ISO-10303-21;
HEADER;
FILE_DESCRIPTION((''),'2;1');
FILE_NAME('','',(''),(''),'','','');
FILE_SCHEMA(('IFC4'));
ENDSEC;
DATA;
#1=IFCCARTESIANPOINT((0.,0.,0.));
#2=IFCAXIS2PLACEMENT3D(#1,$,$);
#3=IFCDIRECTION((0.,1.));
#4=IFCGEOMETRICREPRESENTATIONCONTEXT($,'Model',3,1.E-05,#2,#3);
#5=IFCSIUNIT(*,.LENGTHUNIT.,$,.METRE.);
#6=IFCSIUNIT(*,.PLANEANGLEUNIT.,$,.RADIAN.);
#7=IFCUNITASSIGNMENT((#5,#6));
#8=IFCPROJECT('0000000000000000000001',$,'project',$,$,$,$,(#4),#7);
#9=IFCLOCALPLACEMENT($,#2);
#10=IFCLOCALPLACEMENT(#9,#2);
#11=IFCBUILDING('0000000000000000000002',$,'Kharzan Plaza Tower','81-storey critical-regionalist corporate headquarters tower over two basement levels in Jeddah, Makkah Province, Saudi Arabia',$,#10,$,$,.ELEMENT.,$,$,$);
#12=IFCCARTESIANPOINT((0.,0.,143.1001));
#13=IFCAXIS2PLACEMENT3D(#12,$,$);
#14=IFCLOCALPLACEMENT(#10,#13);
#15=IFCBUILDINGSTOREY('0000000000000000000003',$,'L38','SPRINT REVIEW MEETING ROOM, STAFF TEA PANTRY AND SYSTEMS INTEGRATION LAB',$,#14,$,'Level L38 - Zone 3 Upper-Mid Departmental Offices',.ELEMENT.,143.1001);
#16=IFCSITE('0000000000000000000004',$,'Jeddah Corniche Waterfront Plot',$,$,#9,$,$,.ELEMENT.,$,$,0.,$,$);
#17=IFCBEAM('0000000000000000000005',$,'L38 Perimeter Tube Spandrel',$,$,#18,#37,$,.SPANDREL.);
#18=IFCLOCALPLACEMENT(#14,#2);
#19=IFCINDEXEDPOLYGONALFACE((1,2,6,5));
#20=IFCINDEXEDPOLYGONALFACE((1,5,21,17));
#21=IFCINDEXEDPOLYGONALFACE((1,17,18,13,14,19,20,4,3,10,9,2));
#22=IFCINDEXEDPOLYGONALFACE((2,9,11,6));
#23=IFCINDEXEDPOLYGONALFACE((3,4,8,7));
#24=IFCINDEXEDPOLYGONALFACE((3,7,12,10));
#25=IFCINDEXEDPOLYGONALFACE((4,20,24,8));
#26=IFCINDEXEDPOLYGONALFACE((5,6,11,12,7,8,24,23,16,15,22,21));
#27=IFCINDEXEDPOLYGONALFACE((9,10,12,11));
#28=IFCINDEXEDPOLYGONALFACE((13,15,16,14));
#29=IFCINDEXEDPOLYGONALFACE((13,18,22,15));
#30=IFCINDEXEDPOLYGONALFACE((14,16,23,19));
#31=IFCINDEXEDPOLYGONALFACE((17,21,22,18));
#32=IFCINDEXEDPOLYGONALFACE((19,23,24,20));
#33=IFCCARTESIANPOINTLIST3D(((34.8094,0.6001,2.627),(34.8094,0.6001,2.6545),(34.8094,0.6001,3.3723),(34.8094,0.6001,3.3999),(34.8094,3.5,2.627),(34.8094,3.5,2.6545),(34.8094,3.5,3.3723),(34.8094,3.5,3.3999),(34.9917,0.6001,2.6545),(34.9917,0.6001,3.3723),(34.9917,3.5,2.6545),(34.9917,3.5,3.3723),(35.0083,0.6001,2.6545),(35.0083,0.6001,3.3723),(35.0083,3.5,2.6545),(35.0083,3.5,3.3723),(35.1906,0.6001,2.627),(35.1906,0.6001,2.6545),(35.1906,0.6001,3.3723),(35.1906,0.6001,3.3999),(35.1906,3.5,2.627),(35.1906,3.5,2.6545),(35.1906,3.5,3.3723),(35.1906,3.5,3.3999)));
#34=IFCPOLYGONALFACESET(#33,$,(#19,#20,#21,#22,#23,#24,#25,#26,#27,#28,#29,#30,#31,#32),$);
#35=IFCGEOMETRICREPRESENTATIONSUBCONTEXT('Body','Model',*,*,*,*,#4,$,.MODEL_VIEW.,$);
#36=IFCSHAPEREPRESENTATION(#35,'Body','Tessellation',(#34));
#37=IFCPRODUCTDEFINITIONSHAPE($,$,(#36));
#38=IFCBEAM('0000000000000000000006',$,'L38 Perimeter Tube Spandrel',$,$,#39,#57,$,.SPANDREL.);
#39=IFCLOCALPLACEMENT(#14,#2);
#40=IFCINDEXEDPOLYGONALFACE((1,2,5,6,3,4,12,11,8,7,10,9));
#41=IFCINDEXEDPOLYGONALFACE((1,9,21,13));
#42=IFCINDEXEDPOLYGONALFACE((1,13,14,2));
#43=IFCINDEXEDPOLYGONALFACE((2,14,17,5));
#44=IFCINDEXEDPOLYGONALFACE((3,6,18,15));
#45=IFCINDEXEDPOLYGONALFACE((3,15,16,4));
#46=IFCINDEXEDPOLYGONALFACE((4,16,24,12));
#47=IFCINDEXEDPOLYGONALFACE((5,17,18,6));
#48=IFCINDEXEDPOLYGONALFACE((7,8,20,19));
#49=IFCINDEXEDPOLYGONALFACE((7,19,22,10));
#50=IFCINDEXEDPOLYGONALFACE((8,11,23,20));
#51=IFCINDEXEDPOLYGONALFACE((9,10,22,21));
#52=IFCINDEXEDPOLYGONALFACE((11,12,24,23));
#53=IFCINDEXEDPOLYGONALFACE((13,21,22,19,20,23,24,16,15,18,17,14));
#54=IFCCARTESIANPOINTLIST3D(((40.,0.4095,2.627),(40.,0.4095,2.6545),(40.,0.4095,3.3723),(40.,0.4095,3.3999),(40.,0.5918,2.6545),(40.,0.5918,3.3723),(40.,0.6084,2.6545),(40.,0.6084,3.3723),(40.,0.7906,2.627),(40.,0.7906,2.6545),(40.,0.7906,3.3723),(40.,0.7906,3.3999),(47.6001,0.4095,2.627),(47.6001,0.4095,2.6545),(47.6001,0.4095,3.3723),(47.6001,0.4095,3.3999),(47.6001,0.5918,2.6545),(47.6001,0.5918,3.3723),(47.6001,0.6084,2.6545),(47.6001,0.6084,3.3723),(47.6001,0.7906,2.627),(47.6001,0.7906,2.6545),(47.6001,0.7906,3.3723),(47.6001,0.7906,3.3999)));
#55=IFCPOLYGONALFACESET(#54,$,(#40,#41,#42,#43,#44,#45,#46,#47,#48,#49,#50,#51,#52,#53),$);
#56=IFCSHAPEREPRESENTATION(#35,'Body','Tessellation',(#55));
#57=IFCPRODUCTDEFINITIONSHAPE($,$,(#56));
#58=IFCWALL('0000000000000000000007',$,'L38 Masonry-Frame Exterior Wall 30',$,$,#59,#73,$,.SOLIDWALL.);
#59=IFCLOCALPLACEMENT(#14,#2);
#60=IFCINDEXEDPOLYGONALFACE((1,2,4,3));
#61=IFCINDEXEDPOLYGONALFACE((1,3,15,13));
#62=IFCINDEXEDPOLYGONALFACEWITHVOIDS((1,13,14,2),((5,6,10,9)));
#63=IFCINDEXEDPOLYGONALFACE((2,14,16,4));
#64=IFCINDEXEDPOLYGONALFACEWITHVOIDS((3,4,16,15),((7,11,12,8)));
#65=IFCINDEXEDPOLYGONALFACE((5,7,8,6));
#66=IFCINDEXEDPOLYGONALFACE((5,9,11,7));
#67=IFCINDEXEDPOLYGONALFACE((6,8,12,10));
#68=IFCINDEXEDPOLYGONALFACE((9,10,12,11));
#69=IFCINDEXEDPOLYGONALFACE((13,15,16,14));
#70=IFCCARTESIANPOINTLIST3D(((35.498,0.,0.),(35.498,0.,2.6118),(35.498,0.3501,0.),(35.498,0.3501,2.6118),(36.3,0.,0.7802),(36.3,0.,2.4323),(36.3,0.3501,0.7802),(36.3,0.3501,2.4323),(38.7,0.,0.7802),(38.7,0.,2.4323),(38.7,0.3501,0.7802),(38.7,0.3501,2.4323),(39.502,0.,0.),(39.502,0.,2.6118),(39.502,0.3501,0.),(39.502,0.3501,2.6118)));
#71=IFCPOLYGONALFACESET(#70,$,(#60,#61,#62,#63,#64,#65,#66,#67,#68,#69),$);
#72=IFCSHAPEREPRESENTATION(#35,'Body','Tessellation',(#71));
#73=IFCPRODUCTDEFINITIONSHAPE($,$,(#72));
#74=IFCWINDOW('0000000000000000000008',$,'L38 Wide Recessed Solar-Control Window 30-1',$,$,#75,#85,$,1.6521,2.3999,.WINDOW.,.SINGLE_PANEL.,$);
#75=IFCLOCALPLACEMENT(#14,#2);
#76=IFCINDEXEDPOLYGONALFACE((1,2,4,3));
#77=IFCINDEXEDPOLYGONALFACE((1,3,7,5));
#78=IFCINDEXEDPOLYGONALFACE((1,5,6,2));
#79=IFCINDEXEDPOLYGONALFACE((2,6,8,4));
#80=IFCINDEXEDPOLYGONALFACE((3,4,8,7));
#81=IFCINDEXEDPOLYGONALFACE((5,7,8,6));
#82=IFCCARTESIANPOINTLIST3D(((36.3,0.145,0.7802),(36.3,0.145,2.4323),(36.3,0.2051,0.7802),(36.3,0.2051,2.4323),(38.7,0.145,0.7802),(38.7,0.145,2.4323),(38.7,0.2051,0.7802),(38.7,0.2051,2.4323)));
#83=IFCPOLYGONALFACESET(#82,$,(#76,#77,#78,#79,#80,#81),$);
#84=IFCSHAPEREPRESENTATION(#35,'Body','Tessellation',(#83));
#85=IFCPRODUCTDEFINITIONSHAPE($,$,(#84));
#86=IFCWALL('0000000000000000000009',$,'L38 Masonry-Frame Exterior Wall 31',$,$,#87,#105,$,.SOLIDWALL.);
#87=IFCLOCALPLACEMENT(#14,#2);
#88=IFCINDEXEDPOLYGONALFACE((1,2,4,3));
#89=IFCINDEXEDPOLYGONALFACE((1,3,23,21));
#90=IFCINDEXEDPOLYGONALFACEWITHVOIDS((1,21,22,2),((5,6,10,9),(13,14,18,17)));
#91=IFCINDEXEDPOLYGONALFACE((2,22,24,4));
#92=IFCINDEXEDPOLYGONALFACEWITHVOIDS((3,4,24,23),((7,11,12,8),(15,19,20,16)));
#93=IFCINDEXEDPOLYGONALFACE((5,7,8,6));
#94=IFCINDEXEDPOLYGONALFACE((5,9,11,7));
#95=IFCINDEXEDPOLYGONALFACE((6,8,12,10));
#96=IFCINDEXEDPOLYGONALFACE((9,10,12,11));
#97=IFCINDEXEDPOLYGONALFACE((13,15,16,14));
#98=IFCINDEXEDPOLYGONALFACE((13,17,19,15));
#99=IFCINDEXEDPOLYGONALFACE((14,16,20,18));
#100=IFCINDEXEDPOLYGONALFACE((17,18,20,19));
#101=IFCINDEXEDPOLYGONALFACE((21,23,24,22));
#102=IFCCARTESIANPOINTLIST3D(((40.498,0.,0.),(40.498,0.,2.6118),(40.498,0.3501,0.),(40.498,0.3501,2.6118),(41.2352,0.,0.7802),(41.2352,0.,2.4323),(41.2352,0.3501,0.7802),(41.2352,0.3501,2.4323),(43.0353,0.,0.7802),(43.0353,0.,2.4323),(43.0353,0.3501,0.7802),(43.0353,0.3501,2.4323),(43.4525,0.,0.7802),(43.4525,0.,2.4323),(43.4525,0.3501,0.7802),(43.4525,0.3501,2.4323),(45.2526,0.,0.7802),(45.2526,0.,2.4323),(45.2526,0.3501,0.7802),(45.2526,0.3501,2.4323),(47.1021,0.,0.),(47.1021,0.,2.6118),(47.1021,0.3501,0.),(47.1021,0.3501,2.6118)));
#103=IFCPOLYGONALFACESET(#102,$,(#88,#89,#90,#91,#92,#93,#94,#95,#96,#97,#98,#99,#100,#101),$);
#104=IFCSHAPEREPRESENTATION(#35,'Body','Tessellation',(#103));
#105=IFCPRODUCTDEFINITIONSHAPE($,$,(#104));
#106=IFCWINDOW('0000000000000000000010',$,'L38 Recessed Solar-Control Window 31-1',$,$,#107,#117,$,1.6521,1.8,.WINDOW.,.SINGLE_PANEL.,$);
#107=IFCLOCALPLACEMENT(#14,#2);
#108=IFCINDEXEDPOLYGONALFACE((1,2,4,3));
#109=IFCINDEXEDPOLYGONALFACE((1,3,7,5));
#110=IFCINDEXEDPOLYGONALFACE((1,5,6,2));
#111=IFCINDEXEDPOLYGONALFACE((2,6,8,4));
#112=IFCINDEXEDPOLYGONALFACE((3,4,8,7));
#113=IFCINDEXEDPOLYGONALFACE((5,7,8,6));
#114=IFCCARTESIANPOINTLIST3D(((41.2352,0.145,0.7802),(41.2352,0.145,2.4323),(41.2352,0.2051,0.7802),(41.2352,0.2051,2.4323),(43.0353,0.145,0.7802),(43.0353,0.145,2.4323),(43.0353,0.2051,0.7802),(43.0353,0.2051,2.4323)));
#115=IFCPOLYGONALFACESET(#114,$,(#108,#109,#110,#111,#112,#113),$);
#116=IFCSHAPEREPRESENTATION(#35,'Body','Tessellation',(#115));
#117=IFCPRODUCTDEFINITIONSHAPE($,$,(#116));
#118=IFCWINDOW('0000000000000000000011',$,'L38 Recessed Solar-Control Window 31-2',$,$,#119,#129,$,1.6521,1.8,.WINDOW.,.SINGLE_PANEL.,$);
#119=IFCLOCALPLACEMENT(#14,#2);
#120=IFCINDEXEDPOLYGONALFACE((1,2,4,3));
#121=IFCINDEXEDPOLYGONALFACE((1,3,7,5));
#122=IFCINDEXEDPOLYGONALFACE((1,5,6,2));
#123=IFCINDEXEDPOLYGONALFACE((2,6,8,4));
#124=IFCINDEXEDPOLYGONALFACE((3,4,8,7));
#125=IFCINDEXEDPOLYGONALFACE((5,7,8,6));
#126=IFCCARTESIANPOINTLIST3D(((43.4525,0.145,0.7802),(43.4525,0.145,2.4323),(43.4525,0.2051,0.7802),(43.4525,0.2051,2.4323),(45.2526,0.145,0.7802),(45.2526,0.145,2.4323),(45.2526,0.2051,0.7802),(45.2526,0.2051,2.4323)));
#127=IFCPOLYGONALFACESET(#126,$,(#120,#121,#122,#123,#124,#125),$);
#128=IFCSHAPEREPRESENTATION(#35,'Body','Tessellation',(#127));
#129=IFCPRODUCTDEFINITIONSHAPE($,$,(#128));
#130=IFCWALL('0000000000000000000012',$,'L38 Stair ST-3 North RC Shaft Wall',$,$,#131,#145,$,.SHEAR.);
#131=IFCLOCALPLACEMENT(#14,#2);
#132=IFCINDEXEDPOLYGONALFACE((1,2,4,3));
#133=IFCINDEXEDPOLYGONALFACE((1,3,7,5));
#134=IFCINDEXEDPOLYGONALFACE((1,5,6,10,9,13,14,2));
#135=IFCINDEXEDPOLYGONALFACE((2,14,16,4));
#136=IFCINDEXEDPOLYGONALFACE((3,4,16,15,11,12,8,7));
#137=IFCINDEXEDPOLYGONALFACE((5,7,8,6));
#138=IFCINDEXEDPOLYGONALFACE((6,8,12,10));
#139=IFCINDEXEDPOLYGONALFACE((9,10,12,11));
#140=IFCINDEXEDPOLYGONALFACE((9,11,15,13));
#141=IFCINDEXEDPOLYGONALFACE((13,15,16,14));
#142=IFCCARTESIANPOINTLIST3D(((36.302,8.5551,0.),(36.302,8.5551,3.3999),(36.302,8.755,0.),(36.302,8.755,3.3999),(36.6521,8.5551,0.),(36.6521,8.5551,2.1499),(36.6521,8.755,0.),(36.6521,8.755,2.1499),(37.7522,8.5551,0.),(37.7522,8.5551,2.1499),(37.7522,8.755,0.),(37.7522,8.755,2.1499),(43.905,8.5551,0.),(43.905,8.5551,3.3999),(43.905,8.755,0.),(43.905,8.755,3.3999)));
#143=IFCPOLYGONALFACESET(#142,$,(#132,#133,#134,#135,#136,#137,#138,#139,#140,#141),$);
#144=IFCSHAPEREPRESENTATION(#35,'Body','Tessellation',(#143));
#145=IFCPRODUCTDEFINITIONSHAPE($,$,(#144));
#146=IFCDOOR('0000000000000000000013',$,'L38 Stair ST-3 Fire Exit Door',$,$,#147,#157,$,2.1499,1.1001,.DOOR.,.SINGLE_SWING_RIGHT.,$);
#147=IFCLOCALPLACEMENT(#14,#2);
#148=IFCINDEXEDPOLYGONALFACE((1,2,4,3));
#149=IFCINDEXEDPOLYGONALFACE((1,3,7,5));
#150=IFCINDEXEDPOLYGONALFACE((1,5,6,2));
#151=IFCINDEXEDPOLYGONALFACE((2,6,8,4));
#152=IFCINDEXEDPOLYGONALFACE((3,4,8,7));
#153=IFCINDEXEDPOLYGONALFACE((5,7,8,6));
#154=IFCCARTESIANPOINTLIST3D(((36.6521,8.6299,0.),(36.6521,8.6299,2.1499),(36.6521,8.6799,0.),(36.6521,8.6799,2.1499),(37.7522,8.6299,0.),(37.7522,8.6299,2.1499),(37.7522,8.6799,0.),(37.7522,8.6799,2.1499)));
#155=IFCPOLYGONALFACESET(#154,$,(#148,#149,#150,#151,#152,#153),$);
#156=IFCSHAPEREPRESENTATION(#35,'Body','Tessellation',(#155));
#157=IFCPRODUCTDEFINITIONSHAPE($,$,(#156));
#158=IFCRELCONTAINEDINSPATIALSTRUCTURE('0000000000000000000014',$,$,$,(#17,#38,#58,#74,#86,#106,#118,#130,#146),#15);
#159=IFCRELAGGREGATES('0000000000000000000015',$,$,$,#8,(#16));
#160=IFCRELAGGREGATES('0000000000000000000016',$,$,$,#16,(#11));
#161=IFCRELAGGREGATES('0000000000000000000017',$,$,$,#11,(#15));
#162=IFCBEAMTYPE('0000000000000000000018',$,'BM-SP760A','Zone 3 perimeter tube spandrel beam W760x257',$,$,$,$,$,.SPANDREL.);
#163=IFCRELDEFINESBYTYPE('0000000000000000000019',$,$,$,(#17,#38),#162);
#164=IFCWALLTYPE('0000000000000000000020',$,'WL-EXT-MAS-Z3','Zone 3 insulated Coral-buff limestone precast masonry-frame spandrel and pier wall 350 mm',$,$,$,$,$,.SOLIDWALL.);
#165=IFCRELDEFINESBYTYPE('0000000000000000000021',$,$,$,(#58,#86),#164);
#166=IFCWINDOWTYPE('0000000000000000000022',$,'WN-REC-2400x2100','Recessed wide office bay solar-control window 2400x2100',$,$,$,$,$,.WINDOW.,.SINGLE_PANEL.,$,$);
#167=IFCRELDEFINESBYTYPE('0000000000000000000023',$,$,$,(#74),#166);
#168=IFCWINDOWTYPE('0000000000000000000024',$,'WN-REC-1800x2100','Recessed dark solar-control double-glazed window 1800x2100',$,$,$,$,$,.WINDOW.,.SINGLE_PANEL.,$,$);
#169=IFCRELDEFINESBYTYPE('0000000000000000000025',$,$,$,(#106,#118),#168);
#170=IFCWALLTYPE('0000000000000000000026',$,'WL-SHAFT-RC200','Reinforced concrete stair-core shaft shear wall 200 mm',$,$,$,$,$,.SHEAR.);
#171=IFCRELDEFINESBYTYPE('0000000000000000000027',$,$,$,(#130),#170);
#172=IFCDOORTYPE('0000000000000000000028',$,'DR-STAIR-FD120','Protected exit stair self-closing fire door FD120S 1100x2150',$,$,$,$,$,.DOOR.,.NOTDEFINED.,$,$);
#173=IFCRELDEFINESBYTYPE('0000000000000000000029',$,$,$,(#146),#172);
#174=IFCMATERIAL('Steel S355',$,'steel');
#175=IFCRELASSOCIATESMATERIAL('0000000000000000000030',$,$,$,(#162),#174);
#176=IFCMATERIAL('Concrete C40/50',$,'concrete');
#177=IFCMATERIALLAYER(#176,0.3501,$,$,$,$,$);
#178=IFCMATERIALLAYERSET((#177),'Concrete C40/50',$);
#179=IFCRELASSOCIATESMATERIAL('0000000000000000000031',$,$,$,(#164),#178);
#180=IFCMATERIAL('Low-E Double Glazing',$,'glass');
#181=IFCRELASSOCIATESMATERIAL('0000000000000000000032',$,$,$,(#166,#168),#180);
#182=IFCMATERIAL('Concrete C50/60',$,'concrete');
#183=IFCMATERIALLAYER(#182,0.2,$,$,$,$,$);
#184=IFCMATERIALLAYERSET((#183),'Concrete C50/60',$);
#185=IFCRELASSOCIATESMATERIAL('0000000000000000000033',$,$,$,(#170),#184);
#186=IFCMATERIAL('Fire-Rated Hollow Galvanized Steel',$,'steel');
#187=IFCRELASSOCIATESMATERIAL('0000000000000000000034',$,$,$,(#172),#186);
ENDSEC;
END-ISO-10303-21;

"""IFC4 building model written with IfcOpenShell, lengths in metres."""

from ifc_helpers import new_model, si_unit, direction, frame, frame_2d, origin, origin_2d, place, context, subcontext, project, spatial, rectangle, i_section, extrude, source, transform, mapped, material, layer, layer_set, material_profile, profile_set, type_object, element, fill, save


model = new_model("IFC4")

# Units and contexts
model_context = context("Model", 3, precision=1e-05, world=origin(), true_north=direction((0.0, 1.0)))
body_context = subcontext(model_context, "Body", "Model", "MODEL_VIEW")
ifc_project = project(units=[si_unit("LENGTHUNIT", "METRE"), si_unit("PLANEANGLEUNIT", "RADIAN")], contexts=[model_context])

# Site, building, storey
site_placement = place(None, origin())
site = spatial("IfcSite", under=ifc_project, at=site_placement, Name="Jeddah Corniche Waterfront Plot", CompositionType="ELEMENT", RefElevation=0.0)
building_placement = place(site_placement, origin())
building = spatial("IfcBuilding", under=site, at=building_placement, Name="Kharzan Plaza Tower", Description="81-storey critical-regionalist corporate headquarters tower over two basement levels in Jeddah, Makkah Province, Saudi Arabia", CompositionType="ELEMENT")
storey_placement = place(building_placement, frame((0.0, 0.0, 143.1001)))
storey = spatial("IfcBuildingStorey", under=building, at=storey_placement, Name="L38", Description="SPRINT REVIEW MEETING ROOM, STAFF TEA PANTRY AND SYSTEMS INTEGRATION LAB", LongName="Level L38 - Zone 3 Upper-Mid Departmental Offices", CompositionType="ELEMENT", Elevation=143.1001)

# Shared definitions
ifc_material_1 = material(Name="Concrete C50/60", Category="concrete")

# Beams
ifc_material_2 = material(Name="Steel S355", Category="steel")
ifc_material_profile_1 = material_profile(ifc_material_2, i_section(OverallWidth=0.3811, OverallDepth=0.7729, WebThickness=0.0166, FlangeThickness=0.0276, at=origin_2d()), Name="W760x257")
ifc_profile_set_1 = profile_set([ifc_material_profile_1], Name="Steel S355")
beam_type_1 = type_object("IfcBeamType", Name="BM-SP760A", Description="Zone 3 perimeter tube spandrel beam W760x257", PredefinedType="SPANDREL", material=ifc_profile_set_1)
shared_shape_1 = source(origin(), body_context, "Body", "SweptSolid", [
    extrude(i_section(OverallWidth=0.3811, OverallDepth=0.7729, WebThickness=0.0166, FlangeThickness=0.0276, at=origin_2d()), origin(), (0.0, 0.0, 1.0), 2.8999),
])
beam_1_placement = place(storey_placement, frame((35.0, 0.6001, 3.0134), z_axis=(0.0, 1.0, 0.0), x_axis=(-1.0, 0.0, 0.0)))
element("IfcBeam", 1, at=beam_1_placement, inside=storey, type_object=beam_type_1, Name="L38 Perimeter Tube Spandrel", PredefinedType="SPANDREL", context=body_context, shape_type="MappedRepresentation", body=[
    mapped(shared_shape_1, transform((0.0, 0.0, 0.0), x_axis=(1.0, 0.0, 0.0), y_axis=(0.0, 1.0, 0.0), z_axis=(0.0, 0.0, 1.0))),
])
shared_shape_2 = source(origin(), body_context, "Body", "SweptSolid", [
    extrude(i_section(OverallWidth=0.3811, OverallDepth=0.7729, WebThickness=0.0166, FlangeThickness=0.0276, at=origin_2d()), origin(), (0.0, 0.0, 1.0), 7.6001),
])
beam_2_placement = place(storey_placement, frame((40.0, 0.6001, 3.0134), z_axis=(1.0, 0.0, 0.0), x_axis=(0.0, 1.0, 0.0)))
element("IfcBeam", 2, at=beam_2_placement, inside=storey, type_object=beam_type_1, Name="L38 Perimeter Tube Spandrel", PredefinedType="SPANDREL", context=body_context, shape_type="MappedRepresentation", body=[
    mapped(shared_shape_2, transform((0.0, 0.0, 0.0), x_axis=(1.0, 0.0, 0.0), y_axis=(0.0, 1.0, 0.0), z_axis=(0.0, 0.0, 1.0))),
])

# Wall, opening, window
ifc_material_3 = material(Name="Concrete C40/50", Category="concrete")
ifc_layer_1 = layer(ifc_material_3, 0.3501)
ifc_layer_set_1 = layer_set([ifc_layer_1], Name="Concrete C40/50")
wall_type_1 = type_object("IfcWallType", Name="WL-EXT-MAS-Z3", Description="Zone 3 insulated Coral-buff limestone precast masonry-frame spandrel and pier wall 350 mm", PredefinedType="SOLIDWALL", material=ifc_layer_set_1)
wall_1_placement = place(storey_placement, frame((35.498, 0.175, 0.0), z_axis=(0.0, 0.0, 1.0), x_axis=(1.0, 0.0, 0.0)))
wall_1 = element("IfcWall", 3, at=wall_1_placement, inside=storey, type_object=wall_type_1, Name="L38 Masonry-Frame Exterior Wall 30", PredefinedType="SOLIDWALL", context=body_context, shape_type="SweptSolid", body=[
    extrude(rectangle(XDim=4.0039, YDim=0.3501, at=frame_2d((2.002, 0.0))), origin(), (0.0, 0.0, 1.0), 2.6118),
])
opening_1_placement = place(wall_1_placement, frame((0.802, 0.0, 0.78)))
opening_1 = element("IfcOpeningElement", 4, at=opening_1_placement, cuts=wall_1, PredefinedType="OPENING", context=body_context, shape_type="SweptSolid", body=[
    extrude(rectangle(XDim=2.3999, YDim=1.6521, at=frame_2d((1.2, 0.8262))), frame((0.0, 0.1851, 0.0), z_axis=(0.0, -1.0, 0.0), x_axis=(1.0, 0.0, 0.0)), (0.0, 0.0, 1.0), 0.3701),
])
ifc_material_4 = material(Name="Low-E Double Glazing", Category="glass")
window_type_1 = type_object("IfcWindowType", Name="WN-REC-2400x2100", Description="Recessed wide office bay solar-control window 2400x2100", PartitioningType="SINGLE_PANEL", PredefinedType="WINDOW", material=ifc_material_4)
shared_shape_3 = source(origin(), body_context, "Body", "SweptSolid", [
    extrude(rectangle(XDim=2.3999, YDim=1.6521, at=frame_2d((1.2, 0.8262))), frame((0.0, 0.03, 0.0), z_axis=(0.0, -1.0, 0.0), x_axis=(1.0, 0.0, 0.0)), (0.0, 0.0, 1.0), 0.0601),
])
window_1_placement = place(opening_1_placement, origin())
window_1 = element("IfcWindow", 5, at=window_1_placement, inside=storey, type_object=window_type_1, Name="L38 Wide Recessed Solar-Control Window 30-1", OverallHeight=1.6521, OverallWidth=2.3999, PartitioningType="SINGLE_PANEL", PredefinedType="WINDOW", context=body_context, shape_type="MappedRepresentation", body=[
    mapped(shared_shape_3, transform((0.0, 0.0, 0.0), x_axis=(1.0, 0.0, 0.0), y_axis=(0.0, 1.0, 0.0), z_axis=(0.0, 0.0, 1.0))),
])
fill(opening_1, window_1)

# Wall, openings, windows
wall_2_placement = place(storey_placement, frame((40.498, 0.175, 0.0), z_axis=(0.0, 0.0, 1.0), x_axis=(1.0, 0.0, 0.0)))
wall_2 = element("IfcWall", 6, at=wall_2_placement, inside=storey, type_object=wall_type_1, Name="L38 Masonry-Frame Exterior Wall 31", PredefinedType="SOLIDWALL", context=body_context, shape_type="SweptSolid", body=[
    extrude(rectangle(XDim=6.604, YDim=0.3501, at=frame_2d((3.302, 0.0))), origin(), (0.0, 0.0, 1.0), 2.6118),
])
opening_2_placement = place(wall_2_placement, frame((0.7373, 0.0, 0.78)))
opening_2 = element("IfcOpeningElement", 7, at=opening_2_placement, cuts=wall_2, PredefinedType="OPENING", context=body_context, shape_type="SweptSolid", body=[
    extrude(rectangle(XDim=1.8, YDim=1.6521, at=frame_2d((0.8999, 0.8262))), frame((0.0, 0.1851, 0.0), z_axis=(0.0, -1.0, 0.0), x_axis=(1.0, 0.0, 0.0)), (0.0, 0.0, 1.0), 0.3701),
])
opening_3_placement = place(wall_2_placement, frame((2.9546, 0.0, 0.78)))
opening_3 = element("IfcOpeningElement", 8, at=opening_3_placement, cuts=wall_2, PredefinedType="OPENING", context=body_context, shape_type="SweptSolid", body=[
    extrude(rectangle(XDim=1.8, YDim=1.6521, at=frame_2d((0.8999, 0.8262))), frame((0.0, 0.1851, 0.0), z_axis=(0.0, -1.0, 0.0), x_axis=(1.0, 0.0, 0.0)), (0.0, 0.0, 1.0), 0.3701),
])
window_type_2 = type_object("IfcWindowType", Name="WN-REC-1800x2100", Description="Recessed dark solar-control double-glazed window 1800x2100", PartitioningType="SINGLE_PANEL", PredefinedType="WINDOW", material=ifc_material_4)
shared_shape_4 = source(origin(), body_context, "Body", "SweptSolid", [
    extrude(rectangle(XDim=1.8, YDim=1.6521, at=frame_2d((0.8999, 0.8262))), frame((0.0, 0.03, 0.0), z_axis=(0.0, -1.0, 0.0), x_axis=(1.0, 0.0, 0.0)), (0.0, 0.0, 1.0), 0.0601),
])
window_2_placement = place(opening_2_placement, origin())
window_2 = element("IfcWindow", 9, at=window_2_placement, inside=storey, type_object=window_type_2, Name="L38 Recessed Solar-Control Window 31-1", OverallHeight=1.6521, OverallWidth=1.8, PartitioningType="SINGLE_PANEL", PredefinedType="WINDOW", context=body_context, shape_type="MappedRepresentation", body=[
    mapped(shared_shape_4, transform((0.0, 0.0, 0.0), x_axis=(1.0, 0.0, 0.0), y_axis=(0.0, 1.0, 0.0), z_axis=(0.0, 0.0, 1.0))),
])
fill(opening_2, window_2)
window_3_placement = place(opening_3_placement, origin())
window_3 = element("IfcWindow", 10, at=window_3_placement, inside=storey, type_object=window_type_2, Name="L38 Recessed Solar-Control Window 31-2", OverallHeight=1.6521, OverallWidth=1.8, PartitioningType="SINGLE_PANEL", PredefinedType="WINDOW", context=body_context, shape_type="MappedRepresentation", body=[
    mapped(shared_shape_4, transform((0.0, 0.0, 0.0), x_axis=(1.0, 0.0, 0.0), y_axis=(0.0, 1.0, 0.0), z_axis=(0.0, 0.0, 1.0))),
])
fill(opening_3, window_3)

# Wall, opening, door
ifc_layer_2 = layer(ifc_material_1, 0.2)
ifc_layer_set_2 = layer_set([ifc_layer_2], Name="Concrete C50/60")
wall_type_2 = type_object("IfcWallType", Name="WL-SHAFT-RC200", Description="Reinforced concrete stair-core shaft shear wall 200 mm", PredefinedType="SHEAR", material=ifc_layer_set_2)
wall_3_placement = place(storey_placement, frame((36.302, 8.655, 0.0), z_axis=(0.0, 0.0, 1.0), x_axis=(1.0, 0.0, 0.0)))
wall_3 = element("IfcWall", 11, at=wall_3_placement, inside=storey, type_object=wall_type_2, Name="L38 Stair ST-3 North RC Shaft Wall", PredefinedType="SHEAR", context=body_context, shape_type="SweptSolid", body=[
    extrude(rectangle(XDim=7.603, YDim=0.2, at=frame_2d((3.8015, 0.0))), origin(), (0.0, 0.0, 1.0), 3.3999),
])
opening_4_placement = place(wall_3_placement, frame((0.3501, 0.0, 0.0)))
opening_4 = element("IfcOpeningElement", 12, at=opening_4_placement, cuts=wall_3, PredefinedType="OPENING", context=body_context, shape_type="SweptSolid", body=[
    extrude(rectangle(XDim=1.1001, YDim=2.1499, at=frame_2d((0.55, 1.075))), frame((0.0, 0.1099, 0.0), z_axis=(0.0, -1.0, 0.0), x_axis=(1.0, 0.0, 0.0)), (0.0, 0.0, 1.0), 0.22),
])
ifc_material_5 = material(Name="Fire-Rated Hollow Galvanized Steel", Category="steel")
door_type = type_object("IfcDoorType", Name="DR-STAIR-FD120", Description="Protected exit stair self-closing fire door FD120S 1100x2150", OperationType="NOTDEFINED", PredefinedType="DOOR", material=ifc_material_5)
shared_shape_5 = source(origin(), body_context, "Body", "SweptSolid", [
    extrude(rectangle(XDim=1.1001, YDim=2.1499, at=frame_2d((0.55, 1.075))), frame((0.0, 0.0249, 0.0), z_axis=(0.0, -1.0, 0.0), x_axis=(1.0, 0.0, 0.0)), (0.0, 0.0, 1.0), 0.05),
])
door_placement = place(opening_4_placement, origin())
door = element("IfcDoor", 13, at=door_placement, inside=storey, type_object=door_type, Name="L38 Stair ST-3 Fire Exit Door", OperationType="SINGLE_SWING_RIGHT", OverallHeight=2.1499, OverallWidth=1.1001, PredefinedType="DOOR", context=body_context, shape_type="MappedRepresentation", body=[
    mapped(shared_shape_5, transform((0.0, 0.0, 0.0), x_axis=(1.0, 0.0, 0.0), y_axis=(0.0, 1.0, 0.0), z_axis=(0.0, 0.0, 1.0))),
])
fill(opening_4, door)

save(model, "model.ifc")
